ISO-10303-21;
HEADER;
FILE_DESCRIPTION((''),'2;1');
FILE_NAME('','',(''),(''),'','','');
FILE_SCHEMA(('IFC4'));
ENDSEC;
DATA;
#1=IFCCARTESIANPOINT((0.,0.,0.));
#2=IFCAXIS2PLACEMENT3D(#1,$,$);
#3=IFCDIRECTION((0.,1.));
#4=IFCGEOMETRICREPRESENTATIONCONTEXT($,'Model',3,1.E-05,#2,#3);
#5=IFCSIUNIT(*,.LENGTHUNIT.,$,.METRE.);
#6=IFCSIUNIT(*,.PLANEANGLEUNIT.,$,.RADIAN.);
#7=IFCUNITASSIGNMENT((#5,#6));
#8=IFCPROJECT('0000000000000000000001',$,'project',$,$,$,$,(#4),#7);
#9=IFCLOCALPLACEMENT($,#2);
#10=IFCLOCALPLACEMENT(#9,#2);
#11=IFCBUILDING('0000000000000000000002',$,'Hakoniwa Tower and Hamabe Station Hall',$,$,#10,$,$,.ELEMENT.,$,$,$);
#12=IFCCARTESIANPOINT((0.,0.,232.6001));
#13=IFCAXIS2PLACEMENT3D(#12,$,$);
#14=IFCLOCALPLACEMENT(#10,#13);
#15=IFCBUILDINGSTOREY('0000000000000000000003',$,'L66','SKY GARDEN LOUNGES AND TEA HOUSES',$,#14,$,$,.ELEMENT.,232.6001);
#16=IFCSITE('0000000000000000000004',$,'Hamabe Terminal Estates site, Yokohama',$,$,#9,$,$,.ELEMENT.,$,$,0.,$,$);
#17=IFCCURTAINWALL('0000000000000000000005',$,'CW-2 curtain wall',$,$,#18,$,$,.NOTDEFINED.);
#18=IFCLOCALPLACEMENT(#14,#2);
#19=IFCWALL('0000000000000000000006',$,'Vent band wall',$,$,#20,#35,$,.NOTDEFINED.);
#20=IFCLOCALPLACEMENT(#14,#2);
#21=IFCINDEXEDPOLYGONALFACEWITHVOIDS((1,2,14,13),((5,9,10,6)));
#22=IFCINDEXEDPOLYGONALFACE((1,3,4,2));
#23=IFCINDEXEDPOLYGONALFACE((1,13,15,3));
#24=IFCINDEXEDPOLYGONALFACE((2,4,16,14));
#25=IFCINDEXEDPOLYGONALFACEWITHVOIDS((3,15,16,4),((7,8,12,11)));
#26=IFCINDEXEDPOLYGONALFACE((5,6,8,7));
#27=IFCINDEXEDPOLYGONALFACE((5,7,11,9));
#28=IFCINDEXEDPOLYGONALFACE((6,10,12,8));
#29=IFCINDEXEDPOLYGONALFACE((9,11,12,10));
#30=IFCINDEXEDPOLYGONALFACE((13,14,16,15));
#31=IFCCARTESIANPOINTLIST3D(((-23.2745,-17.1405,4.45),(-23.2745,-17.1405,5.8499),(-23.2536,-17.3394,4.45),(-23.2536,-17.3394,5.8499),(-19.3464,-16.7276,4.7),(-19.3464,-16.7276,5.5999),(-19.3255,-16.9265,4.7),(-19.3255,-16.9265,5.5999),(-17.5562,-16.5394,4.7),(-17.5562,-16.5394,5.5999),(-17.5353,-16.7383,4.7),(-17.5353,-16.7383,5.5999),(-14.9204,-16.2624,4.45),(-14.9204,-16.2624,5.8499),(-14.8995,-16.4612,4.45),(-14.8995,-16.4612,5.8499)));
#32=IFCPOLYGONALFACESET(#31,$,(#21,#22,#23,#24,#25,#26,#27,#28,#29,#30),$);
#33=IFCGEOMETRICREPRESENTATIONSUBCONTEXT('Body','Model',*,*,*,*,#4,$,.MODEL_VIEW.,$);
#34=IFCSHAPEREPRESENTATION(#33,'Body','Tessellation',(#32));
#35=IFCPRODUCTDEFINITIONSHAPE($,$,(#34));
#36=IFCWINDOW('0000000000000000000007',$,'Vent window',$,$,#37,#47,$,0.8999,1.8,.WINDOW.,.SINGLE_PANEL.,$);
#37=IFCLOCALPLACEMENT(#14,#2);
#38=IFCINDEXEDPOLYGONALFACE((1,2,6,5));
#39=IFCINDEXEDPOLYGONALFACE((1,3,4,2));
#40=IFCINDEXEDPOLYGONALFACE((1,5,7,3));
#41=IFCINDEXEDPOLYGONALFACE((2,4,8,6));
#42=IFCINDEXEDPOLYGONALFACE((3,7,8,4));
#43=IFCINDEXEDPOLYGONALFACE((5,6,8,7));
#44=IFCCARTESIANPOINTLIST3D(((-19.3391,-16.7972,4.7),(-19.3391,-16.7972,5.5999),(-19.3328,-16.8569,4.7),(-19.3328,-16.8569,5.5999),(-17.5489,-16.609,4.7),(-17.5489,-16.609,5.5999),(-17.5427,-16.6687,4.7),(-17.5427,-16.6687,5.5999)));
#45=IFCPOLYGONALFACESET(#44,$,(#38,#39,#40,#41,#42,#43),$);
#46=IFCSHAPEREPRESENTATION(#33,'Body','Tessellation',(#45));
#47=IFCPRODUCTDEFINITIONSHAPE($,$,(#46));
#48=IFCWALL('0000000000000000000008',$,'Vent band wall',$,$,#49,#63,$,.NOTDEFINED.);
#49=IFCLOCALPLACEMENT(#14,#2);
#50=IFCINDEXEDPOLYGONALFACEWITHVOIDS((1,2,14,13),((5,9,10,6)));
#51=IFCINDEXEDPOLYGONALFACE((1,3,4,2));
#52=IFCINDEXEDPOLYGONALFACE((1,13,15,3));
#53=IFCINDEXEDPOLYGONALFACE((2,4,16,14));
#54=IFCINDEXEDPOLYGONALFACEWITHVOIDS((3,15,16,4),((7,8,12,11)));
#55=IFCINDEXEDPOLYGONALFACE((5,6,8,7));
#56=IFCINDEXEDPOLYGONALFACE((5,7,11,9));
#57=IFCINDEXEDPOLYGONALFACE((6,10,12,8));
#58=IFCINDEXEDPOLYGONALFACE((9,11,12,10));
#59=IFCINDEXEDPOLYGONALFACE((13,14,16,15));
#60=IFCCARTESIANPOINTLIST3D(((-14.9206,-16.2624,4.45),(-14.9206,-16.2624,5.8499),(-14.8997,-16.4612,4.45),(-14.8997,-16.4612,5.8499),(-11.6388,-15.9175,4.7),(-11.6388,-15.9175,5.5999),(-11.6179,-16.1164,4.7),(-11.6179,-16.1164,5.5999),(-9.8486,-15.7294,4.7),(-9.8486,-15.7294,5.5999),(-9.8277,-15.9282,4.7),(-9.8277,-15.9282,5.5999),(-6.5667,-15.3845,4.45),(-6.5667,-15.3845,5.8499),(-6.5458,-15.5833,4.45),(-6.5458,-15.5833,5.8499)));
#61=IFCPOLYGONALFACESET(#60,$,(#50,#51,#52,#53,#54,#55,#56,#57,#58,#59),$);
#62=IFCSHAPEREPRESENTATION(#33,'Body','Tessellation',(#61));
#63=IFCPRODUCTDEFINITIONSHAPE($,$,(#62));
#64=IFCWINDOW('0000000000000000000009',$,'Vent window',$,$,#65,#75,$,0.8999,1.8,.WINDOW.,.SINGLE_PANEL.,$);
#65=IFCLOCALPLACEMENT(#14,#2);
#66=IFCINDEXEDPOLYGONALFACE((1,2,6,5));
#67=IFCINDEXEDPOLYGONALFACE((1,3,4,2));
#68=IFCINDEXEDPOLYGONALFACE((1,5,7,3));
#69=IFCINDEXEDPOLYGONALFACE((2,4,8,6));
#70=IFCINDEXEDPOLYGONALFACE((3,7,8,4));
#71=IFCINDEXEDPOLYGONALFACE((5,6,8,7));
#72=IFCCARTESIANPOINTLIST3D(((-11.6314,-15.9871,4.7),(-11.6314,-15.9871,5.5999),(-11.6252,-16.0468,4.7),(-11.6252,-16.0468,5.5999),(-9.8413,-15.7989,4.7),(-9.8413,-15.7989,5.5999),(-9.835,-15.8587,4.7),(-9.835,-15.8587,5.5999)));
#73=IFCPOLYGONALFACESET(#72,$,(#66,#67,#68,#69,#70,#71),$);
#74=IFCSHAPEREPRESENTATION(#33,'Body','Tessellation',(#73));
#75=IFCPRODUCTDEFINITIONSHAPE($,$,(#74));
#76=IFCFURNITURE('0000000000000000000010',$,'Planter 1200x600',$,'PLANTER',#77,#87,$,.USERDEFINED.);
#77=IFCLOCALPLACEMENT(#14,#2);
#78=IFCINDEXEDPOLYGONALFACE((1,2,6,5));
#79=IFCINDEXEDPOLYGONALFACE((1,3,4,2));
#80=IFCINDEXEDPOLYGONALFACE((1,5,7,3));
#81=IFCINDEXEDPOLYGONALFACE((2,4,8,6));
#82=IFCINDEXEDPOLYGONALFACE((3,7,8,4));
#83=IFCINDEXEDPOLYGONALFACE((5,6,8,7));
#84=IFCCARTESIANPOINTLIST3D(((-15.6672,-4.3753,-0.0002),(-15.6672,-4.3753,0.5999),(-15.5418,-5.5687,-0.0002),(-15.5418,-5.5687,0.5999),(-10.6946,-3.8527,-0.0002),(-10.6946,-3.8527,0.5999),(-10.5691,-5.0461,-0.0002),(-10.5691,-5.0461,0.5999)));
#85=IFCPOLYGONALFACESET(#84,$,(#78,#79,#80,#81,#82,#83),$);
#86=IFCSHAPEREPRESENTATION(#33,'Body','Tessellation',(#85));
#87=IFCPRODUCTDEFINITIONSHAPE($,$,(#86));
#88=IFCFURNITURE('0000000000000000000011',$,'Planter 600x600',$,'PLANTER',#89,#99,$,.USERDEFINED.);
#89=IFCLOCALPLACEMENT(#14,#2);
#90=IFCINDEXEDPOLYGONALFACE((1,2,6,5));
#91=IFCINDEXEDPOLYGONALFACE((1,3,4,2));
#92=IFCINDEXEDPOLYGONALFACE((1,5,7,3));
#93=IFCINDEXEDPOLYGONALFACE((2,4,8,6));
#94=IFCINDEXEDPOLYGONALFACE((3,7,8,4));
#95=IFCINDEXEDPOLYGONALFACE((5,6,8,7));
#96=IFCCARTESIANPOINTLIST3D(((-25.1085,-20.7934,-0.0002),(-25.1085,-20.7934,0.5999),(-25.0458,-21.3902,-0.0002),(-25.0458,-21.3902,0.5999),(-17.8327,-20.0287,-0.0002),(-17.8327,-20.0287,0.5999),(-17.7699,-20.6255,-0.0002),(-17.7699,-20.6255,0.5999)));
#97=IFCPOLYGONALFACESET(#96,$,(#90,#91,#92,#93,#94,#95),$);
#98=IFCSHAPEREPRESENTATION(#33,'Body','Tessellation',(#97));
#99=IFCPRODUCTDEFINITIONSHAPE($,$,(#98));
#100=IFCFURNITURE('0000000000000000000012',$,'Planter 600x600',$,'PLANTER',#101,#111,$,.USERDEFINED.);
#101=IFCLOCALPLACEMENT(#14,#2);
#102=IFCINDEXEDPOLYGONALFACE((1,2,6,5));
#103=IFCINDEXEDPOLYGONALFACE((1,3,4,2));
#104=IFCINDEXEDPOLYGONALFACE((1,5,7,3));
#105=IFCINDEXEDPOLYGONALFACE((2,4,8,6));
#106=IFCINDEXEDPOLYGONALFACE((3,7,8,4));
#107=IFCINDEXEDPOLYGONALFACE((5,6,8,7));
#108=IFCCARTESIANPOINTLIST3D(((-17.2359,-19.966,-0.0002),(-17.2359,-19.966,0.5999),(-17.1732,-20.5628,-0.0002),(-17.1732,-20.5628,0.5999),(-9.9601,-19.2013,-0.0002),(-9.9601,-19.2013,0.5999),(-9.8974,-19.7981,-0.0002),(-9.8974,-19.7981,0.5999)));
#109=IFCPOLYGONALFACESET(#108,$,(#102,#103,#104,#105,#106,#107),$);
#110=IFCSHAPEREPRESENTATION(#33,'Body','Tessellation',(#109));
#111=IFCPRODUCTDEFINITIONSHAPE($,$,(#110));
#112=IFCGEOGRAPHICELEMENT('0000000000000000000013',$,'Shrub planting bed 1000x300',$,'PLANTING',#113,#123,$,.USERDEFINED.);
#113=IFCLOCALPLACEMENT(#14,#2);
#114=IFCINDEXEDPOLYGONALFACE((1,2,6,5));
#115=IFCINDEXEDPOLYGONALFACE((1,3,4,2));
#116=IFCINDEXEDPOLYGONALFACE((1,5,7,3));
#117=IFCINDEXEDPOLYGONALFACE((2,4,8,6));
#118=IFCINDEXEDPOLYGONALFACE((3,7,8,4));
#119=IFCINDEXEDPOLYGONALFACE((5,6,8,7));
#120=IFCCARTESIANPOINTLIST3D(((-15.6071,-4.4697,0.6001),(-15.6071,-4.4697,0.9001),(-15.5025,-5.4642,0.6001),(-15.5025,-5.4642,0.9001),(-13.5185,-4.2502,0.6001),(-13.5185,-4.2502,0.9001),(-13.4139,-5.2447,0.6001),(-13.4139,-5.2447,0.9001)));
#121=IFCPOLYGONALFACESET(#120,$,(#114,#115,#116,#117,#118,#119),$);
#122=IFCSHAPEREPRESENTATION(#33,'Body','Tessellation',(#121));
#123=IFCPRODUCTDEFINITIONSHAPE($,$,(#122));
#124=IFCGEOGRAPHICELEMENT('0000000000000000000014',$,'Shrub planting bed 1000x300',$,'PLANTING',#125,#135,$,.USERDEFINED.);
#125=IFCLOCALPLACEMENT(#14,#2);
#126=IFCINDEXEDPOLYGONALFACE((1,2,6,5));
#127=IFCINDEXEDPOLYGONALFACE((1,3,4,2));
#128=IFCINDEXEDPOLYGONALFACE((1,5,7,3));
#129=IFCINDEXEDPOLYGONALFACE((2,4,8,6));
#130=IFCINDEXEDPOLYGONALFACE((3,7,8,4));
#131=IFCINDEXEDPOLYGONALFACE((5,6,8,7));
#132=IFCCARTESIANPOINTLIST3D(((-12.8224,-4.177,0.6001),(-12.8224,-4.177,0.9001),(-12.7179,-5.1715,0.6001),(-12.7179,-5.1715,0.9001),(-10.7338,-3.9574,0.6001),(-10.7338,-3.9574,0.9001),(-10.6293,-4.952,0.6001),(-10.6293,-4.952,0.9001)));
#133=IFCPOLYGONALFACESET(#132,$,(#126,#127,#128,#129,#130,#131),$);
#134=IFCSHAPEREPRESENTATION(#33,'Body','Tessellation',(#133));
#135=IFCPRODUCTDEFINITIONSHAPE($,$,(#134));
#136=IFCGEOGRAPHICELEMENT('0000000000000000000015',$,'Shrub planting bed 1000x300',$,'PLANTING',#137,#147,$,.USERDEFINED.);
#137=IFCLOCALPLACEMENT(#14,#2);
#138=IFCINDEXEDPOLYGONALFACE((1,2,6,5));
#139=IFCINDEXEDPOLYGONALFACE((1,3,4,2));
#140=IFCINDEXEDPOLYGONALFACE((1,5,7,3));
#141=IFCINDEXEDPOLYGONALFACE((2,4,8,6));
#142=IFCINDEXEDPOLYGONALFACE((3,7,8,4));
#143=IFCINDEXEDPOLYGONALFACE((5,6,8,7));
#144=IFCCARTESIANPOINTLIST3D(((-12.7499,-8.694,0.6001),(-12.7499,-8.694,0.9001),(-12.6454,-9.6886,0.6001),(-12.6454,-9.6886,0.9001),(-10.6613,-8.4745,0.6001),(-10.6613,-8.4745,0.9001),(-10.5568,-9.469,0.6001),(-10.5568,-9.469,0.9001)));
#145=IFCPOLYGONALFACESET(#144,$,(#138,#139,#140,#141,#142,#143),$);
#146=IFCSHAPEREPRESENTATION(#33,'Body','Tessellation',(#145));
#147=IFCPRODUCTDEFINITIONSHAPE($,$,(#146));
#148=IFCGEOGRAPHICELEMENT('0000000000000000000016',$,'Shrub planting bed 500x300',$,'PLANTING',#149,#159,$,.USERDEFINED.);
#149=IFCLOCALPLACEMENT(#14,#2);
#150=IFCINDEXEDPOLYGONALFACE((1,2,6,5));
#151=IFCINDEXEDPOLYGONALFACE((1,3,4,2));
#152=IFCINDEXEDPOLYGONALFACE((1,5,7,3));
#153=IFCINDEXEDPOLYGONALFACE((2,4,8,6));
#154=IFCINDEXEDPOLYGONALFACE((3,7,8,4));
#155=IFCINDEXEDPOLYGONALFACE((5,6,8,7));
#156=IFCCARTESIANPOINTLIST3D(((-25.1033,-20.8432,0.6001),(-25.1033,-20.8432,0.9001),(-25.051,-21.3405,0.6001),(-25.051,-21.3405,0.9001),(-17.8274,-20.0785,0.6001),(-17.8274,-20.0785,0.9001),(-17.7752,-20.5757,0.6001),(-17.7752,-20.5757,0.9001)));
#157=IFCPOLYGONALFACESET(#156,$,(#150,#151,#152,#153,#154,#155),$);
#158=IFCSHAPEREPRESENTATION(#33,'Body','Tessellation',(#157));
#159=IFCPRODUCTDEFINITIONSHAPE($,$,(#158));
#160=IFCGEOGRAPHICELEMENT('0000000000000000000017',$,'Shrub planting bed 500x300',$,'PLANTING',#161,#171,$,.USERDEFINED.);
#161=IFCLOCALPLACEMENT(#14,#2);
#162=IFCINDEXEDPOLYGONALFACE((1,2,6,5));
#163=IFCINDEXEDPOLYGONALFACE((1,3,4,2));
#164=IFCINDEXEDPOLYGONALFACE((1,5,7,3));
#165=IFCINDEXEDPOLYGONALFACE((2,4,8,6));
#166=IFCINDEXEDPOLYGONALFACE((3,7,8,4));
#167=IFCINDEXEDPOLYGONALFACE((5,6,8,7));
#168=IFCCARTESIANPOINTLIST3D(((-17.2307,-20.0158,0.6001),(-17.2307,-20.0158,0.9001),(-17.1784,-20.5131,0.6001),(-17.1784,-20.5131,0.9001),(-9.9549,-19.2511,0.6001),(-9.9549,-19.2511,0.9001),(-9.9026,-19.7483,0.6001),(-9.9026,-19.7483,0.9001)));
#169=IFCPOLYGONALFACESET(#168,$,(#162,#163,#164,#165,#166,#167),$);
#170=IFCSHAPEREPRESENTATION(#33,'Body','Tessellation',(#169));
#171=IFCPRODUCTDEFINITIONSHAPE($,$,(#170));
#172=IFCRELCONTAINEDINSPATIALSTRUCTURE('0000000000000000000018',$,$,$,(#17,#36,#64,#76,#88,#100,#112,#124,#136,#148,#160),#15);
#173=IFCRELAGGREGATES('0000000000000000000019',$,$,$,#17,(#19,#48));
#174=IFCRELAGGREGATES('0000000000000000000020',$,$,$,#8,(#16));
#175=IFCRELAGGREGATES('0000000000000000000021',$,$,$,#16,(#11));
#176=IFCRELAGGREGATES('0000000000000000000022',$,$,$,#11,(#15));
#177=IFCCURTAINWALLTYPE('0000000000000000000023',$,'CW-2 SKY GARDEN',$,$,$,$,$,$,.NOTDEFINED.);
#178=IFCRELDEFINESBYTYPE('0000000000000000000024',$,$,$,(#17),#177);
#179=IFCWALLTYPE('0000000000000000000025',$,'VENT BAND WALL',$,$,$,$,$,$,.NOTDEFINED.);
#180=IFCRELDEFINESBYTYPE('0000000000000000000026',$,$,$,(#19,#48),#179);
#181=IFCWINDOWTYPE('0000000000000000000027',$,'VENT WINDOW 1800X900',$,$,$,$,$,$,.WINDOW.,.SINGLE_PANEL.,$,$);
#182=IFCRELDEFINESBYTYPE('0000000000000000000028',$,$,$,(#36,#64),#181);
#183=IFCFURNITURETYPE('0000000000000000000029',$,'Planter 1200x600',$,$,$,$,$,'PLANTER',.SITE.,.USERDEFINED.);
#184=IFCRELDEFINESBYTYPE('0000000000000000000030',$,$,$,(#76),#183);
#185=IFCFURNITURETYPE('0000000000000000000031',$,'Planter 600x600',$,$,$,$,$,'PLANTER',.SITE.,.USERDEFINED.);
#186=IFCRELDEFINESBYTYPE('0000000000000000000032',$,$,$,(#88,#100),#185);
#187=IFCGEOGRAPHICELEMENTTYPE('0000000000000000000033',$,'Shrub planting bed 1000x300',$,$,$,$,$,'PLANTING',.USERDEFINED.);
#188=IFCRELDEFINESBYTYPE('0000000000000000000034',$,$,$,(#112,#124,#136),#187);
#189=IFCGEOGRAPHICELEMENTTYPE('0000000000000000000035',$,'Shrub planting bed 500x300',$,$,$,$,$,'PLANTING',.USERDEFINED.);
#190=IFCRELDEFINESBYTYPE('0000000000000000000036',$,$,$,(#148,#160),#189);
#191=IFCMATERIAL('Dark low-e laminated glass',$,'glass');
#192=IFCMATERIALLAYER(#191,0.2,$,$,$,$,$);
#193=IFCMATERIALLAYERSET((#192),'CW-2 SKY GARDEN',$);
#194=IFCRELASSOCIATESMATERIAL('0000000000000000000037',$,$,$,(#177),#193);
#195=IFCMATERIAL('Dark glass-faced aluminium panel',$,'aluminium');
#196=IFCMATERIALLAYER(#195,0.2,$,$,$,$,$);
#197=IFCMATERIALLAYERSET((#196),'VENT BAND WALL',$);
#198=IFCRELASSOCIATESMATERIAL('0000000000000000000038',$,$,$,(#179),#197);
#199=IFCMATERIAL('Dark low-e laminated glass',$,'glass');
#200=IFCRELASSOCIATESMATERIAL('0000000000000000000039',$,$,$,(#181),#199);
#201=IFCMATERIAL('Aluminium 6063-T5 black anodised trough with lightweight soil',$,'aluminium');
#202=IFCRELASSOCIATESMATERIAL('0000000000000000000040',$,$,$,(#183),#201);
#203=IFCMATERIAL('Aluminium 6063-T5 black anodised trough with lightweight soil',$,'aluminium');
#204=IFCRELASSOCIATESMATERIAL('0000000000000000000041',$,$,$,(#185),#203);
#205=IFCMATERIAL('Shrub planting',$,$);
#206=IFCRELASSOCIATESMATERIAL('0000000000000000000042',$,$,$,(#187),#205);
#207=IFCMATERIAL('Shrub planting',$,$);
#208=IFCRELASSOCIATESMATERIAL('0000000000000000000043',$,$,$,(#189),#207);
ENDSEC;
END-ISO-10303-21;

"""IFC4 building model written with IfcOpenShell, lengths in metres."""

from ifc_helpers import new_model, si_unit, direction, frame, frame_2d, origin, origin_2d, place, context, subcontext, project, spatial, rectangle, extrude, material, layer, layer_set, type_object, element, fill, aggregate, save


model = new_model("IFC4")

# Units and contexts
model_context = context("Model", 3, precision=1e-05, world=origin(), true_north=direction((0.0, 1.0)))
body_context = subcontext(model_context, "Body", "Model", "MODEL_VIEW")
ifc_project = project(units=[si_unit("LENGTHUNIT", "METRE"), si_unit("PLANEANGLEUNIT", "RADIAN")], contexts=[model_context])

# Site, building, storey
site_placement = place(None, origin())
site = spatial("IfcSite", under=ifc_project, at=site_placement, Name="Hamabe Terminal Estates site, Yokohama", CompositionType="ELEMENT", RefElevation=0.0)
building_placement = place(site_placement, origin())
building = spatial("IfcBuilding", under=site, at=building_placement, Name="Hakoniwa Tower and Hamabe Station Hall", CompositionType="ELEMENT")
storey_placement = place(building_placement, frame((0.0, 0.0, 232.6001)))
storey = spatial("IfcBuildingStorey", under=building, at=storey_placement, Name="L66", Description="SKY GARDEN LOUNGES AND TEA HOUSES", CompositionType="ELEMENT", Elevation=232.6001)

# Curtain wall
ifc_material_1 = material(Name="Dark low-e laminated glass", Category="glass")
ifc_layer_1 = layer(ifc_material_1, 0.2)
ifc_layer_set_1 = layer_set([ifc_layer_1], Name="CW-2 SKY GARDEN")
curtain_wall_type = type_object("IfcCurtainWallType", Name="CW-2 SKY GARDEN", PredefinedType="NOTDEFINED", material=ifc_layer_set_1)
curtain_wall_placement = place(storey_placement, origin())
curtain_wall = element("IfcCurtainWall", 1, at=curtain_wall_placement, inside=storey, type_object=curtain_wall_type, Name="CW-2 curtain wall", PredefinedType="NOTDEFINED")

# Walls, openings, windows
ifc_material_2 = material(Name="Dark glass-faced aluminium panel", Category="aluminium")
ifc_layer_2 = layer(ifc_material_2, 0.2)
ifc_layer_set_2 = layer_set([ifc_layer_2], Name="VENT BAND WALL")
wall_type_1 = type_object("IfcWallType", Name="VENT BAND WALL", PredefinedType="NOTDEFINED", material=ifc_layer_set_2)
wall_1_placement = place(storey_placement, frame((-23.2642, -17.24, 4.45), z_axis=(0.0, 0.0, 1.0), x_axis=(0.99452, 0.104544, 0.0)))
wall_1 = element("IfcWall", 2, at=wall_1_placement, type_object=wall_type_1, Name="Vent band wall", PredefinedType="NOTDEFINED", context=body_context, shape_type="SweptSolid", body=[
    extrude(rectangle(XDim=8.4001, YDim=0.2, at=frame_2d((4.2002, 0.0))), origin(), (0.0, 0.0, 1.0), 1.3999),
])
opening_1_placement = place(wall_1_placement, frame((3.95, 0.0, 0.25)))
opening_1 = element("IfcOpeningElement", 3, at=opening_1_placement, cuts=wall_1, PredefinedType="OPENING", context=body_context, shape_type="SweptSolid", body=[
    extrude(rectangle(XDim=1.8, YDim=0.8999, at=frame_2d((0.8999, 0.45))), frame((0.0, 0.1099, 0.0), z_axis=(0.0, -1.0, 0.0), x_axis=(1.0, 0.0, 0.0)), (0.0, 0.0, 1.0), 0.22),
])
ifc_material_3 = material(Name="Dark low-e laminated glass", Category="glass")
window_type = type_object("IfcWindowType", Name="VENT WINDOW 1800X900", PartitioningType="SINGLE_PANEL", PredefinedType="WINDOW", material=ifc_material_3)
window_1_placement = place(opening_1_placement, origin())
window_1 = element("IfcWindow", 4, at=window_1_placement, inside=storey, type_object=window_type, Name="Vent window", OverallHeight=0.8999, OverallWidth=1.8, PartitioningType="SINGLE_PANEL", PredefinedType="WINDOW", context=body_context, shape_type="SweptSolid", body=[
    extrude(rectangle(XDim=1.8, YDim=0.8999, at=frame_2d((0.8999, 0.45))), frame((0.0, 0.03, 0.0), z_axis=(0.0, -1.0, 0.0), x_axis=(1.0, 0.0, 0.0)), (0.0, 0.0, 1.0), 0.0601),
])
fill(opening_1, window_1)
wall_2_placement = place(storey_placement, frame((-14.9102, -16.3618, 4.45), z_axis=(0.0, 0.0, 1.0), x_axis=(0.994523, 0.104515, 0.0)))
wall_2 = element("IfcWall", 5, at=wall_2_placement, type_object=wall_type_1, Name="Vent band wall", PredefinedType="NOTDEFINED", context=body_context, shape_type="SweptSolid", body=[
    extrude(rectangle(XDim=8.3999, YDim=0.2, at=frame_2d((4.2, 0.0))), origin(), (0.0, 0.0, 1.0), 1.3999),
])
opening_2_placement = place(wall_2_placement, frame((3.3, 0.0, 0.25)))
opening_2 = element("IfcOpeningElement", 6, at=opening_2_placement, cuts=wall_2, PredefinedType="OPENING", context=body_context, shape_type="SweptSolid", body=[
    extrude(rectangle(XDim=1.8, YDim=0.8999, at=frame_2d((0.8999, 0.45))), frame((0.0, 0.1099, 0.0), z_axis=(0.0, -1.0, 0.0), x_axis=(1.0, 0.0, 0.0)), (0.0, 0.0, 1.0), 0.22),
])
window_2_placement = place(opening_2_placement, origin())
window_2 = element("IfcWindow", 7, at=window_2_placement, inside=storey, type_object=window_type, Name="Vent window", OverallHeight=0.8999, OverallWidth=1.8, PartitioningType="SINGLE_PANEL", PredefinedType="WINDOW", context=body_context, shape_type="SweptSolid", body=[
    extrude(rectangle(XDim=1.8, YDim=0.8999, at=frame_2d((0.8999, 0.45))), frame((0.0, 0.03, 0.0), z_axis=(0.0, -1.0, 0.0), x_axis=(1.0, 0.0, 0.0)), (0.0, 0.0, 1.0), 0.0601),
])
fill(opening_2, window_2)
aggregate(curtain_wall, [wall_1, wall_2])

# Furniture
ifc_material_4 = material(Name="Aluminium 6063-T5 black anodised trough with lightweight soil", Category="aluminium")
furniture_type_1 = type_object("IfcFurnitureType", Name="Planter 1200x600", ElementType="PLANTER", AssemblyPlace="SITE", PredefinedType="USERDEFINED", material=ifc_material_4)
furniture_placement = place(storey_placement, frame((-13.1182, -4.7107, -0.0002), z_axis=(0.0, 0.0, 1.0), x_axis=(0.994522, 0.104528, 0.0)))
element("IfcFurniture", 8, at=furniture_placement, inside=storey, type_object=furniture_type_1, Name="Planter 1200x600", ObjectType="PLANTER", PredefinedType="USERDEFINED", context=body_context, shape_type="SweptSolid", body=[
    extrude(rectangle(XDim=5.0, YDim=1.2, at=origin_2d()), origin(), (0.0, 0.0, 1.0), 0.6001),
])
ifc_material_5 = material(Name="Aluminium 6063-T5 black anodised trough with lightweight soil", Category="aluminium")
furniture_type_2 = type_object("IfcFurnitureType", Name="Planter 600x600", ElementType="PLANTER", AssemblyPlace="SITE", PredefinedType="USERDEFINED", material=ifc_material_5)
for number, where, z_axis, x_axis, name in (
    (9, (-21.4392, -20.7095, -0.0002), (0.0, 0.0, 1.0), (0.994522, 0.104528, 0.0), "Planter 600x600"),
    (10, (-13.5667, -19.8821, -0.0002), (0.0, 0.0, 1.0), (0.994522, 0.104528, 0.0), "Planter 600x600"),
):
    element("IfcFurniture", number, at=place(storey_placement, frame(where, z_axis=z_axis, x_axis=x_axis)), inside=storey, type_object=furniture_type_2, Name=name, ObjectType="PLANTER", PredefinedType="USERDEFINED", context=body_context, shape_type="SweptSolid", body=[
        extrude(rectangle(XDim=7.3159, YDim=0.6001, at=origin_2d()), origin(), (0.0, 0.0, 1.0), 0.6001),
    ])

# Geographic elements
ifc_material_6 = material(Name="Shrub planting")
geographic_element_type_1 = type_object("IfcGeographicElementType", Name="Shrub planting bed 1000x300", ElementType="PLANTING", PredefinedType="USERDEFINED", material=ifc_material_6)
for number, where, z_axis, x_axis, name in (
    (11, (-14.5105, -4.8572, 0.6001), (0.0, 0.0, 1.0), (0.994522, 0.104528, 0.0), "Shrub planting bed 1000x300"),
    (12, (-11.7258, -4.5645, 0.6001), (0.0, 0.0, 1.0), (0.994522, 0.104528, 0.0), "Shrub planting bed 1000x300"),
    (13, (-11.6533, -9.0815, 0.6001), (0.0, 0.0, 1.0), (0.994522, 0.104528, 0.0), "Shrub planting bed 1000x300"),
):
    element("IfcGeographicElement", number, at=place(storey_placement, frame(where, z_axis=z_axis, x_axis=x_axis)), inside=storey, type_object=geographic_element_type_1, Name=name, ObjectType="PLANTING", PredefinedType="USERDEFINED", context=body_context, shape_type="SweptSolid", body=[
        extrude(rectangle(XDim=2.1001, YDim=1.0, at=origin_2d()), origin(), (0.0, 0.0, 1.0), 0.3),
    ])
ifc_material_7 = material(Name="Shrub planting")
geographic_element_type_2 = type_object("IfcGeographicElementType", Name="Shrub planting bed 500x300", ElementType="PLANTING", PredefinedType="USERDEFINED", material=ifc_material_7)
for number, where, z_axis, x_axis, name in (
    (14, (-21.4392, -20.7095, 0.6001), (0.0, 0.0, 1.0), (0.994522, 0.104528, 0.0), "Shrub planting bed 500x300"),
    (15, (-13.5667, -19.8821, 0.6001), (0.0, 0.0, 1.0), (0.994522, 0.104528, 0.0), "Shrub planting bed 500x300"),
):
    element("IfcGeographicElement", number, at=place(storey_placement, frame(where, z_axis=z_axis, x_axis=x_axis)), inside=storey, type_object=geographic_element_type_2, Name=name, ObjectType="PLANTING", PredefinedType="USERDEFINED", context=body_context, shape_type="SweptSolid", body=[
        extrude(rectangle(XDim=7.3159, YDim=0.5, at=origin_2d()), origin(), (0.0, 0.0, 1.0), 0.3),
    ])

save(model, "model.ifc")
